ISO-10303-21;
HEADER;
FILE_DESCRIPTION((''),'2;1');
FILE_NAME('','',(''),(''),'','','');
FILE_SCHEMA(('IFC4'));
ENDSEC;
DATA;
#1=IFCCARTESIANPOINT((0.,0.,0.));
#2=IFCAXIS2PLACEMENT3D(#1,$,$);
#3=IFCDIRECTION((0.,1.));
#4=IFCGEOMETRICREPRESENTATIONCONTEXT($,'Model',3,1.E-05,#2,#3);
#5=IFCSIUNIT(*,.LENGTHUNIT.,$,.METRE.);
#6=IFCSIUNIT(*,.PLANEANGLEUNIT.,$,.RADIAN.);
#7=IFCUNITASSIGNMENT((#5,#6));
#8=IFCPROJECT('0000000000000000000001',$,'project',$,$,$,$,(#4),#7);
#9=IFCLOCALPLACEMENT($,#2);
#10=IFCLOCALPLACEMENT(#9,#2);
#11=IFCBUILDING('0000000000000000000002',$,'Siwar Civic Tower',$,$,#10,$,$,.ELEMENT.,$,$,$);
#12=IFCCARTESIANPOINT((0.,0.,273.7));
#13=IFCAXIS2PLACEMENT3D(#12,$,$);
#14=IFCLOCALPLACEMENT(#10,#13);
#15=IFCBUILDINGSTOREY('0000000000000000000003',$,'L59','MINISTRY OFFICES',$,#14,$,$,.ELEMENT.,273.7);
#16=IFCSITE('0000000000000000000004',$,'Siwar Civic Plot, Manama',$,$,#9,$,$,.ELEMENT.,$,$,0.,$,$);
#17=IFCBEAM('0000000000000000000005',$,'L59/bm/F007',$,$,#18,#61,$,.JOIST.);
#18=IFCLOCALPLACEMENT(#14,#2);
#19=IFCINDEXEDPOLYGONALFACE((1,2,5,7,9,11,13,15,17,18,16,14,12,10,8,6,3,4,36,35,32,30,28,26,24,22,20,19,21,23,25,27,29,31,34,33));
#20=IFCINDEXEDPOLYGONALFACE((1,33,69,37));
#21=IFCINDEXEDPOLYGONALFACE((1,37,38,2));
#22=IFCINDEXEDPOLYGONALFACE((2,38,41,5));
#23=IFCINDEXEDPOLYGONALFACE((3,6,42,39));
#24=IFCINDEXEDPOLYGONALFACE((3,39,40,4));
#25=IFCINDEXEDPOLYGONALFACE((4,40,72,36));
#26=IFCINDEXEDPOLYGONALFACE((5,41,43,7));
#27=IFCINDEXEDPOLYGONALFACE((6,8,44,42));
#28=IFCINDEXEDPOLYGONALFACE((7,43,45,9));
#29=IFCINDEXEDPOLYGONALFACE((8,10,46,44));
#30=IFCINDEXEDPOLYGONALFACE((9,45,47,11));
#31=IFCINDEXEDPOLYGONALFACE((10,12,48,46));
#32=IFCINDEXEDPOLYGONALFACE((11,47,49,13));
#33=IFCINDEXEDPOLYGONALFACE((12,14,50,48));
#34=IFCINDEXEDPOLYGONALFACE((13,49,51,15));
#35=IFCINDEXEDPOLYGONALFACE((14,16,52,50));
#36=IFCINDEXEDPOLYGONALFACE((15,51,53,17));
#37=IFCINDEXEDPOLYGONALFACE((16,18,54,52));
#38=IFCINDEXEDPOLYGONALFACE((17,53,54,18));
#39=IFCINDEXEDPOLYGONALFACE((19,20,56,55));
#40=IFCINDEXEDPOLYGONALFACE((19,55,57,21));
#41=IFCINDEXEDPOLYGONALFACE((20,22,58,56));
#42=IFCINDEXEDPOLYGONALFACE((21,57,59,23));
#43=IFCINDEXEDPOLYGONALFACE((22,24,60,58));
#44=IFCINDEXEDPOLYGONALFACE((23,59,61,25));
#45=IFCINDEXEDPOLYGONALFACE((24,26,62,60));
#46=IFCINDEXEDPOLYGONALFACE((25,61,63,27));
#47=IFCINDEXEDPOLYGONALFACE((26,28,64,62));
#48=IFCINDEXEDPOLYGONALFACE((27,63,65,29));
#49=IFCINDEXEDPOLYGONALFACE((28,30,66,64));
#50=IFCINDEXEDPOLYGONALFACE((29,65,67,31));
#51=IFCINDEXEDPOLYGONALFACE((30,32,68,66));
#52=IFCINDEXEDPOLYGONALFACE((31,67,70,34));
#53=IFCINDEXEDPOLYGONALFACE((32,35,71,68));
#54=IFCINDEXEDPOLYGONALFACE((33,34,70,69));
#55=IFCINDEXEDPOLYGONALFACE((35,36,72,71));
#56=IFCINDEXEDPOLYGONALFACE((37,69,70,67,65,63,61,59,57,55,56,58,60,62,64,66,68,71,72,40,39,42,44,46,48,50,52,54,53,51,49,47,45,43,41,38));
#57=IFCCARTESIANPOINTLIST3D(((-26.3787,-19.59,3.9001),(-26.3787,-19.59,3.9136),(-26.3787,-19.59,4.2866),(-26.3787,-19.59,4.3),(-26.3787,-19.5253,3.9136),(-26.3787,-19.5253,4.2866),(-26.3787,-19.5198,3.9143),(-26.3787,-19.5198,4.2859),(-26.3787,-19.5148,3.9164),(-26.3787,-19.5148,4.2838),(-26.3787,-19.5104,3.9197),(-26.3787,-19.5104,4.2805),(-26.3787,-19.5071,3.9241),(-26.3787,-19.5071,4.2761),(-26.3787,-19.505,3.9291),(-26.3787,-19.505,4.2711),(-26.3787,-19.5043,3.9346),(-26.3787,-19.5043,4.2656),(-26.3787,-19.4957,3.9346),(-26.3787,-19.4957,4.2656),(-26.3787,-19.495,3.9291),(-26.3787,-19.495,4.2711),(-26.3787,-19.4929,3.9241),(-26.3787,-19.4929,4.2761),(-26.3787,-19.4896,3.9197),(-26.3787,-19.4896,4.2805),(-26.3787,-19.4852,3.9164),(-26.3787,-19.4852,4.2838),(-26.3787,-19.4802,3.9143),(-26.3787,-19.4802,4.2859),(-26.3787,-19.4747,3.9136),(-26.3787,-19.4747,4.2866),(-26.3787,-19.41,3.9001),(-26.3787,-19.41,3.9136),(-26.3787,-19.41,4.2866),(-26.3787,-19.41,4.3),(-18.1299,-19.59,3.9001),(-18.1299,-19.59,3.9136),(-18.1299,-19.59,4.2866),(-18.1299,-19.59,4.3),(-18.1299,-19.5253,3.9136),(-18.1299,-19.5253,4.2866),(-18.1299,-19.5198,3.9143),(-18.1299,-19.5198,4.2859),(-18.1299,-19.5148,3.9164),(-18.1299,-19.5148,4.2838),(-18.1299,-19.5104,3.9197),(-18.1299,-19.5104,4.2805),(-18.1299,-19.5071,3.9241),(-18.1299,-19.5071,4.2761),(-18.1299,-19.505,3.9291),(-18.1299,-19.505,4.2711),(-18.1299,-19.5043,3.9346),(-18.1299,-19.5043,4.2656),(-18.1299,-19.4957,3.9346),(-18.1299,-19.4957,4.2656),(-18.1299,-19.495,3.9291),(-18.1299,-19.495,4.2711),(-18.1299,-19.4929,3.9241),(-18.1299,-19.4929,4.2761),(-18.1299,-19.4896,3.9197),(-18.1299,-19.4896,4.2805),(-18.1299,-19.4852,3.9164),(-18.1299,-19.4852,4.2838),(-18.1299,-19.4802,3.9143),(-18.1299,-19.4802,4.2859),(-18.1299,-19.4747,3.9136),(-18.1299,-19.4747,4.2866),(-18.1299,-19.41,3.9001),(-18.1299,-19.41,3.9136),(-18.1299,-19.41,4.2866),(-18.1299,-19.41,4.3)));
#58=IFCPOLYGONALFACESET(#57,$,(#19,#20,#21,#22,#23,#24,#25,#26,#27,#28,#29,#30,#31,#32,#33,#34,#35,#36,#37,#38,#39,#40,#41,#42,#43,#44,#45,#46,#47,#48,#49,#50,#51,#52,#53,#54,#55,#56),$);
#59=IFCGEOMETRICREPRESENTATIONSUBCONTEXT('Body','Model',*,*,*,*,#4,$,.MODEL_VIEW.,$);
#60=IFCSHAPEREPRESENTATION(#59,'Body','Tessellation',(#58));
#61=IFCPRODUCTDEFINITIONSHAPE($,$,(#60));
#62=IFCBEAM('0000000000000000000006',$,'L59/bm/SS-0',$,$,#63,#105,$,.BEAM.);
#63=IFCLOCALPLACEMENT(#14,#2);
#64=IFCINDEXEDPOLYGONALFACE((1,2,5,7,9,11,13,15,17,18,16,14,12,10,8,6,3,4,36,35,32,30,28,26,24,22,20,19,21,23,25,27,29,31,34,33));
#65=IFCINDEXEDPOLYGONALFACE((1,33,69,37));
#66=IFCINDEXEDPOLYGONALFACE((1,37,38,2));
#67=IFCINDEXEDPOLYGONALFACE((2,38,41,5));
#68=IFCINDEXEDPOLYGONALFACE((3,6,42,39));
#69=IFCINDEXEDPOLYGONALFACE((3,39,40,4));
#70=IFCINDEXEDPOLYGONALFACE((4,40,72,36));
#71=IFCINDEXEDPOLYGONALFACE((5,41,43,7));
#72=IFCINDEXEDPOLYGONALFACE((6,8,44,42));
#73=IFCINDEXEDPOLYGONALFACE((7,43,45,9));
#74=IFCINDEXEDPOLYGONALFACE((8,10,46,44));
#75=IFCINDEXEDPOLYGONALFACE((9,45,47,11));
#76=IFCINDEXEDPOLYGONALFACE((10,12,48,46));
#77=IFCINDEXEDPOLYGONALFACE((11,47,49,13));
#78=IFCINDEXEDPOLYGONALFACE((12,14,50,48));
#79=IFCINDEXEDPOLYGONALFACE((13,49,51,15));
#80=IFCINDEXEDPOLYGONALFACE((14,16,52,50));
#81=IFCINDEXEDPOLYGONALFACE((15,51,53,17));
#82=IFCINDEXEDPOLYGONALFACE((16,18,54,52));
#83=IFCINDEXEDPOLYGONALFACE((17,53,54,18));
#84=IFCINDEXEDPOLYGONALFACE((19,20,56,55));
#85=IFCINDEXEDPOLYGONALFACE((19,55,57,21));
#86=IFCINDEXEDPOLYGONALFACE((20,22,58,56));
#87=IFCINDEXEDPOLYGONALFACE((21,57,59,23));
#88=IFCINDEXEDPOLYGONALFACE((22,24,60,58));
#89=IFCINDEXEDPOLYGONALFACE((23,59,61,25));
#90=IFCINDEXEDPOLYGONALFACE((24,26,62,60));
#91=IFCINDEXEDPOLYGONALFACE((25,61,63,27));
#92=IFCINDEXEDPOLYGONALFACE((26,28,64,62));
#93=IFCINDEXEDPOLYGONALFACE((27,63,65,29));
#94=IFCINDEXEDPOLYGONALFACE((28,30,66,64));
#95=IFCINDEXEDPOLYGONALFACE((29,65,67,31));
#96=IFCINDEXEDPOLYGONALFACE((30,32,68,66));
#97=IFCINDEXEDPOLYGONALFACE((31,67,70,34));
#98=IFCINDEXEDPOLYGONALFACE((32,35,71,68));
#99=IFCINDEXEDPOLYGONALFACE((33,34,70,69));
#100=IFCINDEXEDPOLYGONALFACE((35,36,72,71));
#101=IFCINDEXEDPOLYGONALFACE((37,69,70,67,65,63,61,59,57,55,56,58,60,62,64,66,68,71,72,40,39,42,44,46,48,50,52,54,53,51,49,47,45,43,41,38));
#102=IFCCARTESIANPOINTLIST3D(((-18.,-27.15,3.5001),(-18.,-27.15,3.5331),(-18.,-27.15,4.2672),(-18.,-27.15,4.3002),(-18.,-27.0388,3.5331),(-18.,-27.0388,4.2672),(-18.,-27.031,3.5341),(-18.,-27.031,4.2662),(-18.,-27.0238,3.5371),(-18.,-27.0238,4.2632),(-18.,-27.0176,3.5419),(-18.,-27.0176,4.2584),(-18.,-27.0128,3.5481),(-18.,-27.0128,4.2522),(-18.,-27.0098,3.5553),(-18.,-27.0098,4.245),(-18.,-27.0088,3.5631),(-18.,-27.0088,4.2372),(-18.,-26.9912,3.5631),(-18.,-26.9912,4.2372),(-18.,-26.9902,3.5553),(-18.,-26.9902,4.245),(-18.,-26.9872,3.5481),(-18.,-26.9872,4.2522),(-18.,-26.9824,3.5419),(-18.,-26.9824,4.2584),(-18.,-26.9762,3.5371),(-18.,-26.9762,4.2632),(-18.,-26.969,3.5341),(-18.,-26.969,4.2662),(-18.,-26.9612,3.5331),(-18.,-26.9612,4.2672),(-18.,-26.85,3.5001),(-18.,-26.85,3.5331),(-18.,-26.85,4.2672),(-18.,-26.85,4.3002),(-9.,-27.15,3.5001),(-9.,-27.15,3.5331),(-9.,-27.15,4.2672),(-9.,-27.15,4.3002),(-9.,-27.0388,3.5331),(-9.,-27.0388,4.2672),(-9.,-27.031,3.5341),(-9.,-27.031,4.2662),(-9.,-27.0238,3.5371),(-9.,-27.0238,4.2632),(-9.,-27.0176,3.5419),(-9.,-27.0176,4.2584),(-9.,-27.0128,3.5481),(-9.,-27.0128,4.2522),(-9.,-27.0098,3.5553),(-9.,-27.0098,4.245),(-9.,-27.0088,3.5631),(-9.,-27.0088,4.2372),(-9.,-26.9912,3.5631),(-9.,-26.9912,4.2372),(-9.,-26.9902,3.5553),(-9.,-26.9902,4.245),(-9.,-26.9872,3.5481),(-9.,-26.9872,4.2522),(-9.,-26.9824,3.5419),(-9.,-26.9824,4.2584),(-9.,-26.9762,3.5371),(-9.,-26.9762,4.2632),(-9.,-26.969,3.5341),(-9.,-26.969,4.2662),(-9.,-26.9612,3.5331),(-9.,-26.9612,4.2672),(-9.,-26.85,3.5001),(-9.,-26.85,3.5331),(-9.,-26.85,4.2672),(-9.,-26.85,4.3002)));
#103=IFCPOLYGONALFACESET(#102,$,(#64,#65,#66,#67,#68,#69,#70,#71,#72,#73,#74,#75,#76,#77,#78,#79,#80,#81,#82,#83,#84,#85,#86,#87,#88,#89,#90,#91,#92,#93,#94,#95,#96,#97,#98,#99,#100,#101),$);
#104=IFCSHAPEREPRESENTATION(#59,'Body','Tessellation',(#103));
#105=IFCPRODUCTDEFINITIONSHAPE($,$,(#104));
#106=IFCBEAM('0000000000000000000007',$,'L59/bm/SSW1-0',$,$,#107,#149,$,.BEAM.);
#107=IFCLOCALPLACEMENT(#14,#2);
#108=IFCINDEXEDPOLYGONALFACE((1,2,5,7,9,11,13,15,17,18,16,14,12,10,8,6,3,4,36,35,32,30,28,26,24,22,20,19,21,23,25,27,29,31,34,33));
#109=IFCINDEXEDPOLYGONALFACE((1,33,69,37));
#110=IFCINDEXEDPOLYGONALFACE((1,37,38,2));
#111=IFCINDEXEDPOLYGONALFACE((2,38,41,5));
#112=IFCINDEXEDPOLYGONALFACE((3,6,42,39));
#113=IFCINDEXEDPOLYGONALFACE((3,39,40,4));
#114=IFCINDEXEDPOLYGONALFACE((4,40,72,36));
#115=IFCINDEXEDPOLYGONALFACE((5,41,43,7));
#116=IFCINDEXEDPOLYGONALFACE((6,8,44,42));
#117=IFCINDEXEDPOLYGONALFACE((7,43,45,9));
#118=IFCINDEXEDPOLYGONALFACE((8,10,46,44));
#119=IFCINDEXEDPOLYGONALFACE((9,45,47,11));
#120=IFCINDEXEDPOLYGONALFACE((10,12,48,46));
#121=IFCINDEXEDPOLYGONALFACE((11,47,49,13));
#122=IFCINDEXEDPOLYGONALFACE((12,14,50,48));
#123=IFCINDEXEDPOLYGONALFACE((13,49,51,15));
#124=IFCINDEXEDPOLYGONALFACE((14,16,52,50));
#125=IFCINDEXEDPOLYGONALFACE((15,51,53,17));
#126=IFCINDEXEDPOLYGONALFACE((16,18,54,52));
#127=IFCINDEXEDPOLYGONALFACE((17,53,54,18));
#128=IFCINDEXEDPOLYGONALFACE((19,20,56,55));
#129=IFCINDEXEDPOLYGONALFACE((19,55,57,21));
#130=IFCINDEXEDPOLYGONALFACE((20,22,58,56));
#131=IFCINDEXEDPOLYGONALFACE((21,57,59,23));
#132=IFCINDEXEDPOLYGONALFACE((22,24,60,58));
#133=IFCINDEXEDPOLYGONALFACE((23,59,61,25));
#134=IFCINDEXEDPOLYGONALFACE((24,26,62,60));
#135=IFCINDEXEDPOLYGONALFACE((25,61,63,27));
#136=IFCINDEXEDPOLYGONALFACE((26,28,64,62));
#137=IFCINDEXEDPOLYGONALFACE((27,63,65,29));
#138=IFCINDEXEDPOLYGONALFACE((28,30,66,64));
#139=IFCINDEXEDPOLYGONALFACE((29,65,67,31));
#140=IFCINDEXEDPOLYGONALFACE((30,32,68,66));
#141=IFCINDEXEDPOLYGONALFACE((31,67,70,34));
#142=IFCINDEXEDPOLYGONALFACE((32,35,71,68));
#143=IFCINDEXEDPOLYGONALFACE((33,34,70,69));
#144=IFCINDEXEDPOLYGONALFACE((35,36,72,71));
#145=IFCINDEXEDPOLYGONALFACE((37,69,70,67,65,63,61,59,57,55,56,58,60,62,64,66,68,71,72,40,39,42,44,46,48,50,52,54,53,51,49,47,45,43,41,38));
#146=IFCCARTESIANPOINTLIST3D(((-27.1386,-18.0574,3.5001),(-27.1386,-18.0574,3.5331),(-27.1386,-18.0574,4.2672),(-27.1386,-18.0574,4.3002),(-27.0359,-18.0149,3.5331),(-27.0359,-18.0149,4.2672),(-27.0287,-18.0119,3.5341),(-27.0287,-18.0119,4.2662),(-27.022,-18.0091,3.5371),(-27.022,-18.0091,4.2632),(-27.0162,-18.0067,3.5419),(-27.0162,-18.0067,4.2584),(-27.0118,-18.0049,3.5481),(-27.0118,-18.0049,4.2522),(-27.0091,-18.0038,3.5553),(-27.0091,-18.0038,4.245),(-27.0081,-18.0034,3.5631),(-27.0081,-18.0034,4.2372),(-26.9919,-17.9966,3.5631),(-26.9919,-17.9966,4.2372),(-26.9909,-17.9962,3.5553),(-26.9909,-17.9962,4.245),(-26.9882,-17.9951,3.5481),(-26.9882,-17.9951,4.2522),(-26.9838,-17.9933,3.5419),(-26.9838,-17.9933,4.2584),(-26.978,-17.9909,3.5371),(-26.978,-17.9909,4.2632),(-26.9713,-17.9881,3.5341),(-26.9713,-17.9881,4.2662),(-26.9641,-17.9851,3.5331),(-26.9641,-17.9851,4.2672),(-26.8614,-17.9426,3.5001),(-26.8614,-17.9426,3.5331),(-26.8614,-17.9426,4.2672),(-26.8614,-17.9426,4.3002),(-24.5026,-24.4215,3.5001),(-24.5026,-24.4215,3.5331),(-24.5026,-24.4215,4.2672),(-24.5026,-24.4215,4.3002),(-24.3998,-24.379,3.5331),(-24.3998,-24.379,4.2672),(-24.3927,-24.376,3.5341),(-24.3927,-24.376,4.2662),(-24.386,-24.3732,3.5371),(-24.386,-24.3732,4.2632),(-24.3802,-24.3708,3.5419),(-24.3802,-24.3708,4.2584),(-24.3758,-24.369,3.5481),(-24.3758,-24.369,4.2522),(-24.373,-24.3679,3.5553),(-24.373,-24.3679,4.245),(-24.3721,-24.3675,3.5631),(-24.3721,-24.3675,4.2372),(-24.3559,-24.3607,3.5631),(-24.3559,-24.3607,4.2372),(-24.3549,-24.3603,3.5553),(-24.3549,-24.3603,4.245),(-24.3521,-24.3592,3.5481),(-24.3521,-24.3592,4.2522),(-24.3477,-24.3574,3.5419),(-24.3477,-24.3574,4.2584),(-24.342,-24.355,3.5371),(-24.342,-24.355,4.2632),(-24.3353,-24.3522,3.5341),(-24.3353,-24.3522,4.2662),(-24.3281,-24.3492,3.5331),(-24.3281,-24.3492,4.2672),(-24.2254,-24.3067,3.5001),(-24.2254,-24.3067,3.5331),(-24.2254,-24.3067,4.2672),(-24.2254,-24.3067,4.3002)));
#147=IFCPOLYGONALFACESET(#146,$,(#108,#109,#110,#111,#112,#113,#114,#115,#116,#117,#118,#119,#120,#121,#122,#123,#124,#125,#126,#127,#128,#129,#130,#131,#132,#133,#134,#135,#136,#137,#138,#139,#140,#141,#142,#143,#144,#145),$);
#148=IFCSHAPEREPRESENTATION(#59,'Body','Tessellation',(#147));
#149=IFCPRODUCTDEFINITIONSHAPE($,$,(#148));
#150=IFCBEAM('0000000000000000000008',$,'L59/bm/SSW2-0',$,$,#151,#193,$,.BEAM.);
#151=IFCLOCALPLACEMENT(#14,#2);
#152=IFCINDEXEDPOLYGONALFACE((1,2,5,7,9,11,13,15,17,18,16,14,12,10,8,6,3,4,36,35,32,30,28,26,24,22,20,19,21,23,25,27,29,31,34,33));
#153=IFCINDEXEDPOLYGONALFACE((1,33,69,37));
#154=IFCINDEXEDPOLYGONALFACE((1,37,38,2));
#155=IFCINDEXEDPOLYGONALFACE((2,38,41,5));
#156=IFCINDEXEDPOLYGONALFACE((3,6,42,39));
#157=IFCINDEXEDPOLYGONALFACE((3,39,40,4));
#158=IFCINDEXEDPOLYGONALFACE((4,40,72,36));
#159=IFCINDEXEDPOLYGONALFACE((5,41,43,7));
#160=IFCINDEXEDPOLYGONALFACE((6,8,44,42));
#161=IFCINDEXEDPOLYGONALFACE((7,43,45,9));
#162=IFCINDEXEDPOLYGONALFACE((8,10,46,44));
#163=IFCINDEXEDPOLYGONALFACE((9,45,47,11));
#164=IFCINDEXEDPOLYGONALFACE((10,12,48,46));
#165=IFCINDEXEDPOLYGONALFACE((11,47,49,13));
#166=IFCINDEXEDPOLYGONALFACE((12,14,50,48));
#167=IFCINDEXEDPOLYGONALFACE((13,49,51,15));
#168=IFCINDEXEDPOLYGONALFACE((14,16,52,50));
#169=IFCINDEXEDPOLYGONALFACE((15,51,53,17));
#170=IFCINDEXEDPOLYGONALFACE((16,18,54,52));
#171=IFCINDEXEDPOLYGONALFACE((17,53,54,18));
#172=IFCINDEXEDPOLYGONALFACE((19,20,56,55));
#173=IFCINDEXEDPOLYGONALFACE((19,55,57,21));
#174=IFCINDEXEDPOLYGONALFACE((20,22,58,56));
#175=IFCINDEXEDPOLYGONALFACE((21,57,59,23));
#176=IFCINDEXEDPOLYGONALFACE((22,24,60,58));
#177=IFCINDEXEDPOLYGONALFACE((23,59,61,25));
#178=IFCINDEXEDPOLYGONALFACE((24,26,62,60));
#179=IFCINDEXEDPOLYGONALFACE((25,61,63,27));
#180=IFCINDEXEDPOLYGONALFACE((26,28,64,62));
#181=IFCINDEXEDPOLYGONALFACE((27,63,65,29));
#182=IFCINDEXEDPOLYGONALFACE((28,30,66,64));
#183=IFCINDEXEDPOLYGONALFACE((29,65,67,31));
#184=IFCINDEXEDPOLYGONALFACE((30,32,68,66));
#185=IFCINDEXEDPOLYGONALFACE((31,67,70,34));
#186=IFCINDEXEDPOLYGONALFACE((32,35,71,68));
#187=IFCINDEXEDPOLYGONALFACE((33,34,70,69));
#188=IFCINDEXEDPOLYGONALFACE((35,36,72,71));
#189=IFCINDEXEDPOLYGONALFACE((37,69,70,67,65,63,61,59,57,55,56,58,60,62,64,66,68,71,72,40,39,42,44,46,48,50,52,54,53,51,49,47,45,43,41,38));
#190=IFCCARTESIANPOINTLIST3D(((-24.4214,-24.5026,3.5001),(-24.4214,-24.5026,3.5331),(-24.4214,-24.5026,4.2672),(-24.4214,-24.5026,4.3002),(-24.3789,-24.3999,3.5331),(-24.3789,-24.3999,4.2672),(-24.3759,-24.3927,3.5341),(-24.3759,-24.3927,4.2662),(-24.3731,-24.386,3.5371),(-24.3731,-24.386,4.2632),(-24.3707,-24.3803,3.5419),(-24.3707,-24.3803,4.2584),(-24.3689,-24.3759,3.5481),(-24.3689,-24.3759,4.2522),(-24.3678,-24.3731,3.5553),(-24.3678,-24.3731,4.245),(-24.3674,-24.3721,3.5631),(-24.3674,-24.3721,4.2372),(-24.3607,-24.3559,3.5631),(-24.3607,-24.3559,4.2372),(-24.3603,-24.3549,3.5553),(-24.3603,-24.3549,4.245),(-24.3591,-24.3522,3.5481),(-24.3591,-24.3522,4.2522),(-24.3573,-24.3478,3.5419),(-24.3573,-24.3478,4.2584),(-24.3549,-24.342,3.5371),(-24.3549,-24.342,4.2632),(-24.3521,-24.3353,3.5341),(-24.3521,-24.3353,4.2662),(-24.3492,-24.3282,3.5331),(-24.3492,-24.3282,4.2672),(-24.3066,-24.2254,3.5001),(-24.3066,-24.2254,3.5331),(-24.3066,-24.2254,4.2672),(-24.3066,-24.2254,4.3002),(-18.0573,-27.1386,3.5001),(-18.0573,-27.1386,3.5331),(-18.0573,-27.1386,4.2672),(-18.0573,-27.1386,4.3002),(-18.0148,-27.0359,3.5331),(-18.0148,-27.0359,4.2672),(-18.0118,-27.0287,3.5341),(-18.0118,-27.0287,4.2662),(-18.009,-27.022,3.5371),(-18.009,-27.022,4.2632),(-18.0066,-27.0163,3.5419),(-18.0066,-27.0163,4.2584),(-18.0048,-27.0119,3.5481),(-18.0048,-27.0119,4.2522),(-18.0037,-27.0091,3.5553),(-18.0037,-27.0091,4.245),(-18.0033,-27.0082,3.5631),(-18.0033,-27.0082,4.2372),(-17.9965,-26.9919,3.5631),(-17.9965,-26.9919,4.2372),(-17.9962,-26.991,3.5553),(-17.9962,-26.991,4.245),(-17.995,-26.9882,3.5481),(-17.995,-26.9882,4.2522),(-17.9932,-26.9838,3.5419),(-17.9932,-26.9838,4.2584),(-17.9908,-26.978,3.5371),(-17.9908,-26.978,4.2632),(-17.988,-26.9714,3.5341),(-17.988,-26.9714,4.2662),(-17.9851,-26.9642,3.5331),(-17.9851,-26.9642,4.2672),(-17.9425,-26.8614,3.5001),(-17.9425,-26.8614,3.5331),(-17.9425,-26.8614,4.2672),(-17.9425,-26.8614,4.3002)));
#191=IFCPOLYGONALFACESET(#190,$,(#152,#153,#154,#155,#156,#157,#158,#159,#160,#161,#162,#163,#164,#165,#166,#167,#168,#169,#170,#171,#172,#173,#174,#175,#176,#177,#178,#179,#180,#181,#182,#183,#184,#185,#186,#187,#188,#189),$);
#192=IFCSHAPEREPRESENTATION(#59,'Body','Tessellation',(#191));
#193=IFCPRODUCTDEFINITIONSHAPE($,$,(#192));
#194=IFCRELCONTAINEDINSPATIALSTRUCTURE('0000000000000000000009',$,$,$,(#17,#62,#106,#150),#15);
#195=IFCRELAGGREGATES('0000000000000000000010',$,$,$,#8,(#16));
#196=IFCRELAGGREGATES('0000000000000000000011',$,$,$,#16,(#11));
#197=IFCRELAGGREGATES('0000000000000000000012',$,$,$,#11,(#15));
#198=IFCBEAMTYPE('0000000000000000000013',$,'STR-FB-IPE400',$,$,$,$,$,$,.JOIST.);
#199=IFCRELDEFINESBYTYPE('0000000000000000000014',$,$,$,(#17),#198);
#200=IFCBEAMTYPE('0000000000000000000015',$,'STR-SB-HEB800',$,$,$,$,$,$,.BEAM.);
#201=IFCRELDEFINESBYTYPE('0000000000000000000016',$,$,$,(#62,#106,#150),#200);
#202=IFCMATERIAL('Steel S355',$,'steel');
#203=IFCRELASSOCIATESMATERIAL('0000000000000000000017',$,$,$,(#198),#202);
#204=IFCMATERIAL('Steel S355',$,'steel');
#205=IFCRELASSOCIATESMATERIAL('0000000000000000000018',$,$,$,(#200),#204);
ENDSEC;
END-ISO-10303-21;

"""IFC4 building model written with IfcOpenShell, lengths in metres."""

from ifc_helpers import new_model, si_unit, direction, frame, origin, origin_2d, place, context, subcontext, project, spatial, i_section, extrude, material, material_profile, profile_set, type_object, element, save


model = new_model("IFC4")

# Units and contexts
model_context = context("Model", 3, precision=1e-05, world=origin(), true_north=direction((0.0, 1.0)))
body_context = subcontext(model_context, "Body", "Model", "MODEL_VIEW")
ifc_project = project(units=[si_unit("LENGTHUNIT", "METRE"), si_unit("PLANEANGLEUNIT", "RADIAN")], contexts=[model_context])

# Site, building, storey
site_placement = place(None, origin())
site = spatial("IfcSite", under=ifc_project, at=site_placement, Name="Siwar Civic Plot, Manama", CompositionType="ELEMENT", RefElevation=0.0)
building_placement = place(site_placement, origin())
building = spatial("IfcBuilding", under=site, at=building_placement, Name="Siwar Civic Tower", CompositionType="ELEMENT")
storey_placement = place(building_placement, frame((0.0, 0.0, 273.7)))
storey = spatial("IfcBuildingStorey", under=building, at=storey_placement, Name="L59", Description="MINISTRY OFFICES", CompositionType="ELEMENT", Elevation=273.7)

# Beams
ifc_material_1 = material(Name="Steel S355", Category="steel")
ifc_material_profile_1 = material_profile(ifc_material_1, i_section(OverallWidth=0.1799, OverallDepth=0.3999, WebThickness=0.0085, FlangeThickness=0.0134, FilletRadius=0.021, at=origin_2d()), Name="IPE400")
ifc_profile_set_1 = profile_set([ifc_material_profile_1], Name="Steel S355")
beam_type_1 = type_object("IfcBeamType", Name="STR-FB-IPE400", PredefinedType="JOIST", material=ifc_profile_set_1)
beam_1_placement = place(storey_placement, frame((-26.3787, -19.5, 4.1001), z_axis=(1.0, 0.0, 0.0), x_axis=(0.0, 1.0, 0.0)))
element("IfcBeam", 1, at=beam_1_placement, inside=storey, type_object=beam_type_1, Name="L59/bm/F007", PredefinedType="JOIST", context=body_context, shape_type="SweptSolid", body=[
    extrude(i_section(OverallWidth=0.1799, OverallDepth=0.3999, WebThickness=0.0085, FlangeThickness=0.0134, FilletRadius=0.021, at=origin_2d()), origin(), (0.0, 0.0, 1.0), 8.2488),
])
ifc_material_2 = material(Name="Steel S355", Category="steel")
ifc_material_profile_2 = material_profile(ifc_material_2, i_section(OverallWidth=0.3, OverallDepth=0.8, WebThickness=0.0176, FlangeThickness=0.033, FilletRadius=0.03, at=origin_2d()), Name="HEB800")
ifc_profile_set_2 = profile_set([ifc_material_profile_2], Name="Steel S355")
beam_type_2 = type_object("IfcBeamType", Name="STR-SB-HEB800", PredefinedType="BEAM", material=ifc_profile_set_2)
beam_2_placement = place(storey_placement, frame((-18.0, -27.0, 3.9001), z_axis=(1.0, 0.0, 0.0), x_axis=(0.0, 1.0, 0.0)))
element("IfcBeam", 2, at=beam_2_placement, inside=storey, type_object=beam_type_2, Name="L59/bm/SS-0", PredefinedType="BEAM", context=body_context, shape_type="SweptSolid", body=[
    extrude(i_section(OverallWidth=0.3, OverallDepth=0.8, WebThickness=0.0176, FlangeThickness=0.033, FilletRadius=0.03, at=origin_2d()), origin(), (0.0, 0.0, 1.0), 9.0),
])
for number, where, z_axis, x_axis, name in (
    (3, (-27.0, -18.0, 3.9001), (0.382674, -0.923883, 0.0), (0.923883, 0.382674, 0.0), "L59/bm/SSW1-0"),
    (4, (-24.364, -24.364, 3.9001), (0.923883, -0.382674, 0.0), (0.382674, 0.923883, 0.0), "L59/bm/SSW2-0"),
):
    element("IfcBeam", number, at=place(storey_placement, frame(where, z_axis=z_axis, x_axis=x_axis)), inside=storey, type_object=beam_type_2, Name=name, PredefinedType="BEAM", context=body_context, shape_type="SweptSolid", body=[
        extrude(i_section(OverallWidth=0.3, OverallDepth=0.8, WebThickness=0.0176, FlangeThickness=0.033, FilletRadius=0.03, at=origin_2d()), origin(), (0.0, 0.0, 1.0), 6.8884),
    ])

save(model, "model.ifc")
